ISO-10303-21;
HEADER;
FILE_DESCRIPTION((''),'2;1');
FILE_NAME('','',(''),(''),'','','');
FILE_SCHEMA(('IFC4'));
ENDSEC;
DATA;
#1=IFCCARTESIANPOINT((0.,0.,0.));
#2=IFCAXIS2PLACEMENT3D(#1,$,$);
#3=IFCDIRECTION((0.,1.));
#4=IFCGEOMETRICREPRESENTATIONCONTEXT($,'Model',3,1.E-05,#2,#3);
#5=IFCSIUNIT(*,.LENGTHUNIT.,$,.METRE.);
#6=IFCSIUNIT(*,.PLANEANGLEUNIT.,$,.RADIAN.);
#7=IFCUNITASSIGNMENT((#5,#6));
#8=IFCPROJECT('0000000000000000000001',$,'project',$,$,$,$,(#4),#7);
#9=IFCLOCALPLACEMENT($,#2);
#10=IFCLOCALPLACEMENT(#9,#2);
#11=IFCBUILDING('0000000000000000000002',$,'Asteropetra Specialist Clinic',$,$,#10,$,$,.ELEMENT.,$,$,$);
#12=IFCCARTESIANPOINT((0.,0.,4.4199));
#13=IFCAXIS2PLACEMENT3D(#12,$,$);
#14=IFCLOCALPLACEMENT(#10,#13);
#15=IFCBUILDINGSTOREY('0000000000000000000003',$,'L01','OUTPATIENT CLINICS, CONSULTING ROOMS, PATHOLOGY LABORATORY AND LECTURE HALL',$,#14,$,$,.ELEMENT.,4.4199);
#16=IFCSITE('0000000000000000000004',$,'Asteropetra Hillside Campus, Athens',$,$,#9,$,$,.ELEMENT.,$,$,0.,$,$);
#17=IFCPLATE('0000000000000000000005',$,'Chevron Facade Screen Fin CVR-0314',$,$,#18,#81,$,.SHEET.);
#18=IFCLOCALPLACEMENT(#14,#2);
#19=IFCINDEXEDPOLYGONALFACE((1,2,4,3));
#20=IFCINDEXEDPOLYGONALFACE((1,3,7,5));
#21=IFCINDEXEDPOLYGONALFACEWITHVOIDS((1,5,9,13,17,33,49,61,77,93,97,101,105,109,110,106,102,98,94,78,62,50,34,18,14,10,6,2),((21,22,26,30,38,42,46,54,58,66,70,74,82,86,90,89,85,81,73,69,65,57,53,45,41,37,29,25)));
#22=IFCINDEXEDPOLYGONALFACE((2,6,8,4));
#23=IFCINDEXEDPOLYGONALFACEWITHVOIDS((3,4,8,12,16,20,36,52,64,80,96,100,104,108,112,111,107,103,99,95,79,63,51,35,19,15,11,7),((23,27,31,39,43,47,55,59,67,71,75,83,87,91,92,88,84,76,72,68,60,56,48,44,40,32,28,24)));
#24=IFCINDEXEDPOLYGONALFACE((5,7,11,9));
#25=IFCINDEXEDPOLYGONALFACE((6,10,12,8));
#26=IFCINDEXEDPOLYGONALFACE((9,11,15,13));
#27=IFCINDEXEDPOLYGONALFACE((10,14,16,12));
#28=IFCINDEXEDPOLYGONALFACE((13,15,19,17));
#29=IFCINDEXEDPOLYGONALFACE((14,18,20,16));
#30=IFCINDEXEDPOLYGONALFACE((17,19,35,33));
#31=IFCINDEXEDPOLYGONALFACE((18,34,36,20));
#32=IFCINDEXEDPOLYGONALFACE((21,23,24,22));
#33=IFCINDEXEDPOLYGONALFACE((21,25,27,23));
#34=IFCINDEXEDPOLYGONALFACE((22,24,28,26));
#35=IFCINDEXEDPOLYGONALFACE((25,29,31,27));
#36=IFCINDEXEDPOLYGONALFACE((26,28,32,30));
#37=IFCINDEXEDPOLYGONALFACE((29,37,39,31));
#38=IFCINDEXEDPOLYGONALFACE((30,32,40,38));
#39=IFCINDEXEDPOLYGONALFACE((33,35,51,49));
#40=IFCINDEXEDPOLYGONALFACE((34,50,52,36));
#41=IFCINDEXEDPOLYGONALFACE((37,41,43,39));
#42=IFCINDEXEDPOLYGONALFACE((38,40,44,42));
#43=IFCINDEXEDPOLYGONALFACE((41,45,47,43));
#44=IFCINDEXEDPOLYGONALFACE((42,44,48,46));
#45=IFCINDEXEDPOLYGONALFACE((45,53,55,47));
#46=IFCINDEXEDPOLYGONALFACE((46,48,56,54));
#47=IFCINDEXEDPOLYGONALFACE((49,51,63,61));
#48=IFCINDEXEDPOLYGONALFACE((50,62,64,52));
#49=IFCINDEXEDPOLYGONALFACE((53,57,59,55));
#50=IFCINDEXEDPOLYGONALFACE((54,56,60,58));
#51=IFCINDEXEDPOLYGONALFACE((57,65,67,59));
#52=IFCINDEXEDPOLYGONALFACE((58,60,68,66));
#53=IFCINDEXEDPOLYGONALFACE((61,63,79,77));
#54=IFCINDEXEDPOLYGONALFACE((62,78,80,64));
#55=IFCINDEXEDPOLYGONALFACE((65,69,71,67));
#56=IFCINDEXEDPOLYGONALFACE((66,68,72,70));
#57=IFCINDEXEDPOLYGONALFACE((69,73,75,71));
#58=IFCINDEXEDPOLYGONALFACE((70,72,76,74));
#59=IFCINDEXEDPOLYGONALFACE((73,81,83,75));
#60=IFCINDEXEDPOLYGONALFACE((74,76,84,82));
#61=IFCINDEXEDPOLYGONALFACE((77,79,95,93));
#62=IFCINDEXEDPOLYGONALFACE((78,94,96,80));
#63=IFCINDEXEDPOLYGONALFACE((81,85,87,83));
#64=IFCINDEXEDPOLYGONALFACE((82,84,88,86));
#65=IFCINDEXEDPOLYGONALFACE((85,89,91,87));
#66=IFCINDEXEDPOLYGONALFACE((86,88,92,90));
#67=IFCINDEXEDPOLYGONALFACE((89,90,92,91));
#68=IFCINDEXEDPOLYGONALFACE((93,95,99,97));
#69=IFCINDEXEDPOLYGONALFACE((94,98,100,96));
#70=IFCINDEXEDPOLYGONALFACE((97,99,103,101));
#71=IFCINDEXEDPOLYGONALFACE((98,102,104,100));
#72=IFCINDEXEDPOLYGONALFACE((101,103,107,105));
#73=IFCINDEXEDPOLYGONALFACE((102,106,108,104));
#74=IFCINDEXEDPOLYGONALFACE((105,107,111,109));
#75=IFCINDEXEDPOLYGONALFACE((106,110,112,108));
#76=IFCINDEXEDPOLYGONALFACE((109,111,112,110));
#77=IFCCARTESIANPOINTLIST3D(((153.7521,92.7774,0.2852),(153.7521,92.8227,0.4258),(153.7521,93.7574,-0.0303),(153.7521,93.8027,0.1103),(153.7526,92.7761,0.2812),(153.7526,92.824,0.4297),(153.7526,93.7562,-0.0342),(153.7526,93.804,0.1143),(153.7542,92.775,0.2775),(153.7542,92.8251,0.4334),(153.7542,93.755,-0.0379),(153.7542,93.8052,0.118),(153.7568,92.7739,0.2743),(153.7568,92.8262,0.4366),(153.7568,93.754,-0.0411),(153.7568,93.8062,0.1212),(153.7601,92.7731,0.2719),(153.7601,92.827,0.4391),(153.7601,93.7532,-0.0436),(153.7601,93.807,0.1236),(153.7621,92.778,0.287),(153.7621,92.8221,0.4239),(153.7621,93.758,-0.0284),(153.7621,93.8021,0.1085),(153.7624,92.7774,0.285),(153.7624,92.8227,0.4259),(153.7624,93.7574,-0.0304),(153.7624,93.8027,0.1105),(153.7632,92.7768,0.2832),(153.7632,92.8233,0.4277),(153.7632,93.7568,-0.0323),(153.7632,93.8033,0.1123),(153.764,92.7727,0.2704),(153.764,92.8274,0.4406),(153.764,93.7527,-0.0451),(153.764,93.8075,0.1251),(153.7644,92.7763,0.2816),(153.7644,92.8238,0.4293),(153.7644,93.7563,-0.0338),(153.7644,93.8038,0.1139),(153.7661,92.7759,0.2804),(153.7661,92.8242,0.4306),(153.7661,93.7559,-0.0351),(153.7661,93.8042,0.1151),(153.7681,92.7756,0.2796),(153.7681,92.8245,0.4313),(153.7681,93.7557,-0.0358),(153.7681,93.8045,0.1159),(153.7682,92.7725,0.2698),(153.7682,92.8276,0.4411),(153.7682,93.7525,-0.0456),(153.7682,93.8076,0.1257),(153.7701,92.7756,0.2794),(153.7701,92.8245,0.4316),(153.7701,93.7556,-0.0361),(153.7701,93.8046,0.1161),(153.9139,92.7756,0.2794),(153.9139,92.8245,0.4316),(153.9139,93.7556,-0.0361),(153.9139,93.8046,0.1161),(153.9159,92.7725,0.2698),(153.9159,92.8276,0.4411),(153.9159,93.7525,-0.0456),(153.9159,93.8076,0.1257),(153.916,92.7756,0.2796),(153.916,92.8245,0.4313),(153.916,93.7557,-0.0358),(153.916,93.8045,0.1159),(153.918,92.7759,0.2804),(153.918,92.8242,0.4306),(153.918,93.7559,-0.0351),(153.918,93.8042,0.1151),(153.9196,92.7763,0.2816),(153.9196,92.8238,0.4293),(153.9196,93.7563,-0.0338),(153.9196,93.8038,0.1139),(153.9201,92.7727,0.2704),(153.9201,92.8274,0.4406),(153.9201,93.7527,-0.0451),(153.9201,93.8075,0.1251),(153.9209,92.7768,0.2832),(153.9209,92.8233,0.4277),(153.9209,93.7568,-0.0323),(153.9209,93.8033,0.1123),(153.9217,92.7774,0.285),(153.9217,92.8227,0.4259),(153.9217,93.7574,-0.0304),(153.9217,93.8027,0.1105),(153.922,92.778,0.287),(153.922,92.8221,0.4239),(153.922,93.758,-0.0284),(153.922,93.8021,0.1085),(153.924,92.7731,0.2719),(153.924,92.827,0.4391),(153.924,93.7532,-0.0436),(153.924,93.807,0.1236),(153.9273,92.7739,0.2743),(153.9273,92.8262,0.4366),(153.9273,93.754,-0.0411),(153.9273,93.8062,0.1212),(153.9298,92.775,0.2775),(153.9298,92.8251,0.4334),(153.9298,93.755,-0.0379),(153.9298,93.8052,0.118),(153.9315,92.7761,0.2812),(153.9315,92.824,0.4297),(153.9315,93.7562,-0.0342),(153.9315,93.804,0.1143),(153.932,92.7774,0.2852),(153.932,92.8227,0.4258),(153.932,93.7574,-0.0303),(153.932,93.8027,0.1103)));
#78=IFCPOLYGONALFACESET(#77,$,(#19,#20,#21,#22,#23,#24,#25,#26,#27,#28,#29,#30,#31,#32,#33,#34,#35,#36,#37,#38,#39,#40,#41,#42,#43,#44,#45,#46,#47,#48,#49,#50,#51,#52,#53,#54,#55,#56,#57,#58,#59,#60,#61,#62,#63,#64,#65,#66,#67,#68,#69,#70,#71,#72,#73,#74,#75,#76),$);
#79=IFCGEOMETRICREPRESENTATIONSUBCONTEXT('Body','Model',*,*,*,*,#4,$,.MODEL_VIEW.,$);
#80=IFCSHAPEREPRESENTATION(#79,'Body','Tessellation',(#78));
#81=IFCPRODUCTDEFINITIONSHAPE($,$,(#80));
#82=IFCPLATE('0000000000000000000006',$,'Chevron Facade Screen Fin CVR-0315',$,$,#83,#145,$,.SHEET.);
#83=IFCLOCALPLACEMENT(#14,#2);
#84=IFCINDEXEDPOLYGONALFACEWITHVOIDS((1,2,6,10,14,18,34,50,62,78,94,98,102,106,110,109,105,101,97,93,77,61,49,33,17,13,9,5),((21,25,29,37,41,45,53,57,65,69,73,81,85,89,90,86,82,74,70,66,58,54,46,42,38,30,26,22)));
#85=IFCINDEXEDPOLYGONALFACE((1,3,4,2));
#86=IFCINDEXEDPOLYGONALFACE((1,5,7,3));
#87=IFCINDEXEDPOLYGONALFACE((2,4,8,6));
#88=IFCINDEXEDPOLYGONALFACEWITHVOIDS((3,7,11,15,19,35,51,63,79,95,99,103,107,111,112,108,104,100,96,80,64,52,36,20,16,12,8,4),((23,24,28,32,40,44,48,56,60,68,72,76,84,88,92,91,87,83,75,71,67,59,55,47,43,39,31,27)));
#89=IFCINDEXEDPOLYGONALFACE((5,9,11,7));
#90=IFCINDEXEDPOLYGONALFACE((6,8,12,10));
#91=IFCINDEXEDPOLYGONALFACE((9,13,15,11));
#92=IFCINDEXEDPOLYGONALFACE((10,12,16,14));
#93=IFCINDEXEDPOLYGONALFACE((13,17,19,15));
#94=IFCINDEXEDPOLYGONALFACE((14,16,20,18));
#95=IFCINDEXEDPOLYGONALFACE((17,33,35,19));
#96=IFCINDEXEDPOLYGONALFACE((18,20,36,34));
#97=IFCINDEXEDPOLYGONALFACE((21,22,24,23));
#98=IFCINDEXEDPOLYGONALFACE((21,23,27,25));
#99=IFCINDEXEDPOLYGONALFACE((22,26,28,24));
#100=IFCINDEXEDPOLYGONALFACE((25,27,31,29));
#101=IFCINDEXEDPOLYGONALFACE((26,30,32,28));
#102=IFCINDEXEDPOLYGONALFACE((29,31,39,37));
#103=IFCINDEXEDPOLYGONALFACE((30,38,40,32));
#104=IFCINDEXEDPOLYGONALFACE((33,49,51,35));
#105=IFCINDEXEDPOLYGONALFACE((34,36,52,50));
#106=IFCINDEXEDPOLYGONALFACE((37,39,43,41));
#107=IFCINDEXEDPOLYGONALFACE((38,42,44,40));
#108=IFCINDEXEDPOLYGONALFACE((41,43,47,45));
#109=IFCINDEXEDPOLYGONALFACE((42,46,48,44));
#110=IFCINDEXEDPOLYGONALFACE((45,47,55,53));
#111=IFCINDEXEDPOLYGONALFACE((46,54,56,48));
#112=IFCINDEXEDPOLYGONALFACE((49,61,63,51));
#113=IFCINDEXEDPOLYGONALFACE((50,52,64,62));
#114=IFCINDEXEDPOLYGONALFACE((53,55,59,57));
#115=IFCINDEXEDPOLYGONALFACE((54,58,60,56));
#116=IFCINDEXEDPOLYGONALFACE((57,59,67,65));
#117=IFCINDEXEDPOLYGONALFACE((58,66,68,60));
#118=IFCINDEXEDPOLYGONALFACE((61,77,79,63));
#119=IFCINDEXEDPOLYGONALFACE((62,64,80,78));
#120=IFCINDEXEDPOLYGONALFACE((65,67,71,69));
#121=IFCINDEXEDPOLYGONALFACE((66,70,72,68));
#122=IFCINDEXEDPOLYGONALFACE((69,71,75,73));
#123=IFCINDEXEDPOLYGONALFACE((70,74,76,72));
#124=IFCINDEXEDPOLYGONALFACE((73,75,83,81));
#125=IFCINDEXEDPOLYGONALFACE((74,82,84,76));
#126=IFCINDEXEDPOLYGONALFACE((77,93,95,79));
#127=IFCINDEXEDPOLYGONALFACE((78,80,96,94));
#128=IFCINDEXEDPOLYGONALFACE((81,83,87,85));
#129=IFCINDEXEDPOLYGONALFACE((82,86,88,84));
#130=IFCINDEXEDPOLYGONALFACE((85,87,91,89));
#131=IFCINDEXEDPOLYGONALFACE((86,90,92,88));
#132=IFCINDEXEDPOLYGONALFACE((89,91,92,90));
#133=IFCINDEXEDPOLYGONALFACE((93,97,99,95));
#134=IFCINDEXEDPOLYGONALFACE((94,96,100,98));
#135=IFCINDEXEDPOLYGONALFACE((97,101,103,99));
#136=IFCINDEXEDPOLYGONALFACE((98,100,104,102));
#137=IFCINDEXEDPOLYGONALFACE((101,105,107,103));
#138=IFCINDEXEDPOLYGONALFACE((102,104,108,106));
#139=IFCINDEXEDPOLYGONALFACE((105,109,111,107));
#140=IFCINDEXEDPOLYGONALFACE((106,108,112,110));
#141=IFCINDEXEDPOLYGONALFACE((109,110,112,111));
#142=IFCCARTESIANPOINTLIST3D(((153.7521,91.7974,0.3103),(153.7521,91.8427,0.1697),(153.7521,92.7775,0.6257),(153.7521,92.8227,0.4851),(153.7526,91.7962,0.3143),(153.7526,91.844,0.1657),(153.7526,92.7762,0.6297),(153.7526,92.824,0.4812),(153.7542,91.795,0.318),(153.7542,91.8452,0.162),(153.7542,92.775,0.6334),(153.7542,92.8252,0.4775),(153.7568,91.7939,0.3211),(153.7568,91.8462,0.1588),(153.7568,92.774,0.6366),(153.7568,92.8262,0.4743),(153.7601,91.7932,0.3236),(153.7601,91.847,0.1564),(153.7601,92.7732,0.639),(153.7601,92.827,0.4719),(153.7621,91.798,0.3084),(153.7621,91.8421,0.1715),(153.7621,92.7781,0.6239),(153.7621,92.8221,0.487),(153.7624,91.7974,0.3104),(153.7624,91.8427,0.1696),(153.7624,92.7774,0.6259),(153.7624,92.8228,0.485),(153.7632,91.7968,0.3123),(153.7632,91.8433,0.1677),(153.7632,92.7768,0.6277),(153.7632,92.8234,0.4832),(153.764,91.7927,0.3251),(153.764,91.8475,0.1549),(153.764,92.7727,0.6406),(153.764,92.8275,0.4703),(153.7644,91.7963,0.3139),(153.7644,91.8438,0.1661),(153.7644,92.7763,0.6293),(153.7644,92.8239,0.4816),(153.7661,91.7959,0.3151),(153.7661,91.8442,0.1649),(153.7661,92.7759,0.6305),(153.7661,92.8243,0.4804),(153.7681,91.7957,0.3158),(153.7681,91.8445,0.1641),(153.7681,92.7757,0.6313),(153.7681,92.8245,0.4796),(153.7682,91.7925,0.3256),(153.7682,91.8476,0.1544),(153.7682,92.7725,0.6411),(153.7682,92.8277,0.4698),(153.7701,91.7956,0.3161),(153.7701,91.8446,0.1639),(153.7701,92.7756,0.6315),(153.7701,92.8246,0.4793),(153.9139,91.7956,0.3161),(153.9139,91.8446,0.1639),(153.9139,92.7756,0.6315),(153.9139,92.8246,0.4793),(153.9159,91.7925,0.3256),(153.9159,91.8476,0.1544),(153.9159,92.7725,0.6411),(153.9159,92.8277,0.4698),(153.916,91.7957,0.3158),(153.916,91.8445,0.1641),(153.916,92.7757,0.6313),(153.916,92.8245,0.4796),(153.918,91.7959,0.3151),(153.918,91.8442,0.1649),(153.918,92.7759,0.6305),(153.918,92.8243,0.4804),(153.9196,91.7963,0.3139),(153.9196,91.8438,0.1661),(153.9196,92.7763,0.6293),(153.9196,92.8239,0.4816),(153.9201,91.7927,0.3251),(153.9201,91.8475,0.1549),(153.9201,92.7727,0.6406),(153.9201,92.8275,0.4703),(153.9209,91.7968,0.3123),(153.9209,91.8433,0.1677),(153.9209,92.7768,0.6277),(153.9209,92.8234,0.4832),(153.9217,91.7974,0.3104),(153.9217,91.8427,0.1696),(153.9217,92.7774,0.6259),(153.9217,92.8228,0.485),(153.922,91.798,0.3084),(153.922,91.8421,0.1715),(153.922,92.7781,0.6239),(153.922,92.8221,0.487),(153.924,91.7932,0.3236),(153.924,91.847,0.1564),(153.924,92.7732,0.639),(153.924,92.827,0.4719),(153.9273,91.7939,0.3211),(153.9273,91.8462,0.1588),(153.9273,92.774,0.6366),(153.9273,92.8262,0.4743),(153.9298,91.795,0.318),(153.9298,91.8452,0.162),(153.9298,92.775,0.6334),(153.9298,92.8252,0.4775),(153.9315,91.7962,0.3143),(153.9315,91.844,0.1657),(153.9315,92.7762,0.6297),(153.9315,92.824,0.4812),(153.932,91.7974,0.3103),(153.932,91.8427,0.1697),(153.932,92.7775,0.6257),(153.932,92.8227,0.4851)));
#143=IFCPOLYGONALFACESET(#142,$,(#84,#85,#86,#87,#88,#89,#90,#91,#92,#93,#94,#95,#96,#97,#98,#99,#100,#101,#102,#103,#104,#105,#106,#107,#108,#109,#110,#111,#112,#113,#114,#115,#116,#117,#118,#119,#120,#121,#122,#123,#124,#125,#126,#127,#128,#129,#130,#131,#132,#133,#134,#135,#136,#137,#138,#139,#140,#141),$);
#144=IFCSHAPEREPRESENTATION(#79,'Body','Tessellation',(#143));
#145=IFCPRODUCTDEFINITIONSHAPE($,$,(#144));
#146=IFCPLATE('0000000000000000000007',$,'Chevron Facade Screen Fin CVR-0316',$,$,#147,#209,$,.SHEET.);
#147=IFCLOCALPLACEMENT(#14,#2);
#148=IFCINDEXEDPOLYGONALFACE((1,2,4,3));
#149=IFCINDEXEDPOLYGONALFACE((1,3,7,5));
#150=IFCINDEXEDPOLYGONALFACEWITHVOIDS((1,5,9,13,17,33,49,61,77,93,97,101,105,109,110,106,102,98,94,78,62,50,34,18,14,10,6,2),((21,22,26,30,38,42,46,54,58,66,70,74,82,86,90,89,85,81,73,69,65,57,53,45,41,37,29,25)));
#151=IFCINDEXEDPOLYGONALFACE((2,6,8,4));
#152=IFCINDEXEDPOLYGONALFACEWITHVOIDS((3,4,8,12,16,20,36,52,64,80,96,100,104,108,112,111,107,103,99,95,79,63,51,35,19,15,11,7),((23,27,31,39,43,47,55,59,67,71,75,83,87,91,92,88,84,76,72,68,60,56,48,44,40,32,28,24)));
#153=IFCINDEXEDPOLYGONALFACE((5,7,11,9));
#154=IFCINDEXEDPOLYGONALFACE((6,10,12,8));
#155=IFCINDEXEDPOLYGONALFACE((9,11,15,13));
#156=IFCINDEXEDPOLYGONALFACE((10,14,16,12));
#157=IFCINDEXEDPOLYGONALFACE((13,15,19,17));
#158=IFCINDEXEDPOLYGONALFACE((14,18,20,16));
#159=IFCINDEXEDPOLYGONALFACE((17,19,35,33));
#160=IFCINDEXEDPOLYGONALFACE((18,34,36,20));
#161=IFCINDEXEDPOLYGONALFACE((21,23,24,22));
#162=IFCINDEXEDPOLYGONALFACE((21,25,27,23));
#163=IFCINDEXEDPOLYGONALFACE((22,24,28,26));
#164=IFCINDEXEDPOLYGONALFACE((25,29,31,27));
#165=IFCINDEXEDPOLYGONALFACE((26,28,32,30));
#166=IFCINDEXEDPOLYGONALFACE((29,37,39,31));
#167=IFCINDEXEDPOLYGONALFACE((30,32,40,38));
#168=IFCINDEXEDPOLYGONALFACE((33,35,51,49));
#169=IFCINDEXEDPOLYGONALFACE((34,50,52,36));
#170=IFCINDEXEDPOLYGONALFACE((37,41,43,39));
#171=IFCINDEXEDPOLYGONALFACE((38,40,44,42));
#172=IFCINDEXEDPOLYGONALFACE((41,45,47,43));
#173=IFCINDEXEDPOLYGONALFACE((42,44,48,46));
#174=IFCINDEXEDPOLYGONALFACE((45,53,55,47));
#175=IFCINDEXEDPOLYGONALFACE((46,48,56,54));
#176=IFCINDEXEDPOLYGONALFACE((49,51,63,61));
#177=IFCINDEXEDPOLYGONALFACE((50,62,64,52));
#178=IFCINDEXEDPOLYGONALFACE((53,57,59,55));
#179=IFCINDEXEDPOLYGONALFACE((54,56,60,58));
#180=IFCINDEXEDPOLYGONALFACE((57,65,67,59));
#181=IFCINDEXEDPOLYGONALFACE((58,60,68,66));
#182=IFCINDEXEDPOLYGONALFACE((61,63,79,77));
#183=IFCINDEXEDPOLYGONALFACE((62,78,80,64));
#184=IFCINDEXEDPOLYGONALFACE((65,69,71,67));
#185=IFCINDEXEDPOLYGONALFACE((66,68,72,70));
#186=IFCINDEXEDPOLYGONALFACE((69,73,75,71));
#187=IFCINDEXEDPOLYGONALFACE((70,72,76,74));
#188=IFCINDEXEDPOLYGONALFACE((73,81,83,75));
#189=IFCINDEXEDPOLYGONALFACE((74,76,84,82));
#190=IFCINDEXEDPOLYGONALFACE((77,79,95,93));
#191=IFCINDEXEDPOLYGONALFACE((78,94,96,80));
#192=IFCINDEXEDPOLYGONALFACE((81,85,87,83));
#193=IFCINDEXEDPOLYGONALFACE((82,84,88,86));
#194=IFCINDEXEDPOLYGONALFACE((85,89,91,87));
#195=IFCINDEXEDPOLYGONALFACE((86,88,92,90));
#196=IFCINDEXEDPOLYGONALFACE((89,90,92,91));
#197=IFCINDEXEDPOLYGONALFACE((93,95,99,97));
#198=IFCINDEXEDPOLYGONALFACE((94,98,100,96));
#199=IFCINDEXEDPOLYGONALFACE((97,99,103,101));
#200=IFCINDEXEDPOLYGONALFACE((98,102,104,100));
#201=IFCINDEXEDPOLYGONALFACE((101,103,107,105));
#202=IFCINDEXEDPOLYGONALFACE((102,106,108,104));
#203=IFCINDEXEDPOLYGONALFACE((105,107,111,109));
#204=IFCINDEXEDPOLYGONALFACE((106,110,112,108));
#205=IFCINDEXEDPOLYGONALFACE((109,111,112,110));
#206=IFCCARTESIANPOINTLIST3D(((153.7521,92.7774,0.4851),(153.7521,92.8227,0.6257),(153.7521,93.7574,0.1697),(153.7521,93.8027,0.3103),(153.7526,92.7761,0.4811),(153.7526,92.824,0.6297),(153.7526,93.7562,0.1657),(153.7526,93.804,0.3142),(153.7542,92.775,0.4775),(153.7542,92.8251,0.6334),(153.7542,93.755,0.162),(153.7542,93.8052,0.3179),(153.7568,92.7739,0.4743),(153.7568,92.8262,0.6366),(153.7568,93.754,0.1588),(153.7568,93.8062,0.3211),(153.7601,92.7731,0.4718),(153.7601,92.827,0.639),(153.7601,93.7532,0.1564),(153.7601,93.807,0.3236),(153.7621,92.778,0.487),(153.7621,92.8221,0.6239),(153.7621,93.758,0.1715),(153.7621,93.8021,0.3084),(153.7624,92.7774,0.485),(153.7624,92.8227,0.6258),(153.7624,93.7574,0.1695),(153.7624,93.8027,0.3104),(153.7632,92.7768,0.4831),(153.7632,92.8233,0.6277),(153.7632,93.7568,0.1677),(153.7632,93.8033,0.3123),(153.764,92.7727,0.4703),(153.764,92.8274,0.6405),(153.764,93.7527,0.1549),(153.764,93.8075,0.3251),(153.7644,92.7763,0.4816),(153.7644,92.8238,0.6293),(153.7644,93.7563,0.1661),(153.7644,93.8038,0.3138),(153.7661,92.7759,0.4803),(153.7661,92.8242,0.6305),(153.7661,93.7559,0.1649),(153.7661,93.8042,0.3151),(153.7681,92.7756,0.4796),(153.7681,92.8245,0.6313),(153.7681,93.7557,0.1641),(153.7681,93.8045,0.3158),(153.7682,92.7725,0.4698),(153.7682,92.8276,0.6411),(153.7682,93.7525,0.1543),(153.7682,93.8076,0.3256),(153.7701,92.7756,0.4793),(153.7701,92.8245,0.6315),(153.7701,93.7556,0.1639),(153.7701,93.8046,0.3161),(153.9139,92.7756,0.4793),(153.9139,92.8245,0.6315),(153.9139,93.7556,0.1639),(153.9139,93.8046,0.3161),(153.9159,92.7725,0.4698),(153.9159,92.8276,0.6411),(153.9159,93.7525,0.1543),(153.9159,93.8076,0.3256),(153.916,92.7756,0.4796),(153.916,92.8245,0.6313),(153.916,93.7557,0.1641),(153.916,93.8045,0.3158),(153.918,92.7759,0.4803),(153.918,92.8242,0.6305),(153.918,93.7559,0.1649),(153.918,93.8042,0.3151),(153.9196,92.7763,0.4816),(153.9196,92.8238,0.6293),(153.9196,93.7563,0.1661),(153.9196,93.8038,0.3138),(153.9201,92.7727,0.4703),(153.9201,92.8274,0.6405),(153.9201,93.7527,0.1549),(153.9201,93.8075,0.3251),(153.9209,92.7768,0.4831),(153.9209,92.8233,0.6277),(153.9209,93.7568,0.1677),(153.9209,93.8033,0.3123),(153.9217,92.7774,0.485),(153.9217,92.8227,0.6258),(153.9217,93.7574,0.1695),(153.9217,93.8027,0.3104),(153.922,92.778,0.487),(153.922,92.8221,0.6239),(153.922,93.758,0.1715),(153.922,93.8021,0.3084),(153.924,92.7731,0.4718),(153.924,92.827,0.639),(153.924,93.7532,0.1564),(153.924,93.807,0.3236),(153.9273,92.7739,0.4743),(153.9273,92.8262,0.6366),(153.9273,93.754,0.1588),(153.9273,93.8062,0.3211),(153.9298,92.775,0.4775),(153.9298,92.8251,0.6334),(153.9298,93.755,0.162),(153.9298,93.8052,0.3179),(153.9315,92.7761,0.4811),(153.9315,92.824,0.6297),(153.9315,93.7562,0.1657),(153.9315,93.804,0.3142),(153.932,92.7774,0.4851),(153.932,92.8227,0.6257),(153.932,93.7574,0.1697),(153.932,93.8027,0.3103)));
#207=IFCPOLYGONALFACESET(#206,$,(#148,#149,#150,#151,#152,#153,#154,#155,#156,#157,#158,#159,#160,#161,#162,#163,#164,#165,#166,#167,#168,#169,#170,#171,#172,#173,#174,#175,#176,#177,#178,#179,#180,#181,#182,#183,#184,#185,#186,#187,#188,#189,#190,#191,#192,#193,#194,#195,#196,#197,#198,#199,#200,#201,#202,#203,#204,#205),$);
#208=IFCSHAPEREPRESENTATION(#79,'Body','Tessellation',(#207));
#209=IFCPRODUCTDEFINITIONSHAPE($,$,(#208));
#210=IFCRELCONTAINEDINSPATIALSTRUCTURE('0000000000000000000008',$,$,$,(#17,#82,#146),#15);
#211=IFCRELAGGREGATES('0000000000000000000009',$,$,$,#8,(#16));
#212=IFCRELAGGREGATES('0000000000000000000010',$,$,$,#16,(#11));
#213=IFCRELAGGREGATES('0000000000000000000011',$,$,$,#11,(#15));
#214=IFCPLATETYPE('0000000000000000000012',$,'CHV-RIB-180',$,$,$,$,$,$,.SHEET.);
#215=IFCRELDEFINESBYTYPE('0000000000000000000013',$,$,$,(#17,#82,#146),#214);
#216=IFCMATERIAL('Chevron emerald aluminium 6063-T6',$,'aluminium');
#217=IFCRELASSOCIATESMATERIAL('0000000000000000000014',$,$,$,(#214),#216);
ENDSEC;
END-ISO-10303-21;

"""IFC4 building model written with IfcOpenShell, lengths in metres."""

from ifc_helpers import new_model, si_unit, direction, frame, origin, origin_2d, place, context, subcontext, project, spatial, hollow_rectangle, extrude, material, material_profile, profile_set, type_object, element, save


model = new_model("IFC4")

# Units and contexts
model_context = context("Model", 3, precision=1e-05, world=origin(), true_north=direction((0.0, 1.0)))
body_context = subcontext(model_context, "Body", "Model", "MODEL_VIEW")
ifc_project = project(units=[si_unit("LENGTHUNIT", "METRE"), si_unit("PLANEANGLEUNIT", "RADIAN")], contexts=[model_context])

# Site, building, storey
site_placement = place(None, origin())
site = spatial("IfcSite", under=ifc_project, at=site_placement, Name="Asteropetra Hillside Campus, Athens", CompositionType="ELEMENT", RefElevation=0.0)
building_placement = place(site_placement, origin())
building = spatial("IfcBuilding", under=site, at=building_placement, Name="Asteropetra Specialist Clinic", CompositionType="ELEMENT")
storey_placement = place(building_placement, frame((0.0, 0.0, 4.4199)))
storey = spatial("IfcBuildingStorey", under=building, at=storey_placement, Name="L01", Description="OUTPATIENT CLINICS, CONSULTING ROOMS, PATHOLOGY LABORATORY AND LECTURE HALL", CompositionType="ELEMENT", Elevation=4.4199)

# Plates
ifc_material = material(Name="Chevron emerald aluminium 6063-T6", Category="aluminium")
ifc_material_profile = material_profile(ifc_material, hollow_rectangle(XDim=0.1799, YDim=0.1799, WallThickness=0.01, InnerFilletRadius=0.0081, OuterFilletRadius=0.0161, at=origin_2d()), Name="SHS 180x180x10.0")
ifc_profile_set = profile_set([ifc_material_profile], Name="Chevron emerald aluminium 6063-T6")
plate_type = type_object("IfcPlateType", Name="CHV-RIB-180", PredefinedType="SHEET", material=ifc_profile_set)
for number, where, z_axis, x_axis, name in (
    (1, (153.842, 92.8, 0.3555), (0.0, 0.951905, -0.306393), (-1.0, 0.0, 0.0), "Chevron Facade Screen Fin CVR-0314"),
    (2, (153.842, 91.8201, 0.24), (0.0, 0.951905, 0.306393), (-1.0, 0.0, 0.0), "Chevron Facade Screen Fin CVR-0315"),
    (3, (153.842, 92.8, 0.5554), (0.0, 0.951905, -0.306393), (-1.0, 0.0, 0.0), "Chevron Facade Screen Fin CVR-0316"),
):
    element("IfcPlate", number, at=place(storey_placement, frame(where, z_axis=z_axis, x_axis=x_axis)), inside=storey, type_object=plate_type, Name=name, PredefinedType="SHEET", context=body_context, shape_type="SweptSolid", body=[
        extrude(hollow_rectangle(XDim=0.1799, YDim=0.1799, WallThickness=0.01, InnerFilletRadius=0.0081, OuterFilletRadius=0.0161, at=origin_2d()), origin(), (0.0, 0.0, 1.0), 1.0295),
    ])

save(model, "model.ifc")
